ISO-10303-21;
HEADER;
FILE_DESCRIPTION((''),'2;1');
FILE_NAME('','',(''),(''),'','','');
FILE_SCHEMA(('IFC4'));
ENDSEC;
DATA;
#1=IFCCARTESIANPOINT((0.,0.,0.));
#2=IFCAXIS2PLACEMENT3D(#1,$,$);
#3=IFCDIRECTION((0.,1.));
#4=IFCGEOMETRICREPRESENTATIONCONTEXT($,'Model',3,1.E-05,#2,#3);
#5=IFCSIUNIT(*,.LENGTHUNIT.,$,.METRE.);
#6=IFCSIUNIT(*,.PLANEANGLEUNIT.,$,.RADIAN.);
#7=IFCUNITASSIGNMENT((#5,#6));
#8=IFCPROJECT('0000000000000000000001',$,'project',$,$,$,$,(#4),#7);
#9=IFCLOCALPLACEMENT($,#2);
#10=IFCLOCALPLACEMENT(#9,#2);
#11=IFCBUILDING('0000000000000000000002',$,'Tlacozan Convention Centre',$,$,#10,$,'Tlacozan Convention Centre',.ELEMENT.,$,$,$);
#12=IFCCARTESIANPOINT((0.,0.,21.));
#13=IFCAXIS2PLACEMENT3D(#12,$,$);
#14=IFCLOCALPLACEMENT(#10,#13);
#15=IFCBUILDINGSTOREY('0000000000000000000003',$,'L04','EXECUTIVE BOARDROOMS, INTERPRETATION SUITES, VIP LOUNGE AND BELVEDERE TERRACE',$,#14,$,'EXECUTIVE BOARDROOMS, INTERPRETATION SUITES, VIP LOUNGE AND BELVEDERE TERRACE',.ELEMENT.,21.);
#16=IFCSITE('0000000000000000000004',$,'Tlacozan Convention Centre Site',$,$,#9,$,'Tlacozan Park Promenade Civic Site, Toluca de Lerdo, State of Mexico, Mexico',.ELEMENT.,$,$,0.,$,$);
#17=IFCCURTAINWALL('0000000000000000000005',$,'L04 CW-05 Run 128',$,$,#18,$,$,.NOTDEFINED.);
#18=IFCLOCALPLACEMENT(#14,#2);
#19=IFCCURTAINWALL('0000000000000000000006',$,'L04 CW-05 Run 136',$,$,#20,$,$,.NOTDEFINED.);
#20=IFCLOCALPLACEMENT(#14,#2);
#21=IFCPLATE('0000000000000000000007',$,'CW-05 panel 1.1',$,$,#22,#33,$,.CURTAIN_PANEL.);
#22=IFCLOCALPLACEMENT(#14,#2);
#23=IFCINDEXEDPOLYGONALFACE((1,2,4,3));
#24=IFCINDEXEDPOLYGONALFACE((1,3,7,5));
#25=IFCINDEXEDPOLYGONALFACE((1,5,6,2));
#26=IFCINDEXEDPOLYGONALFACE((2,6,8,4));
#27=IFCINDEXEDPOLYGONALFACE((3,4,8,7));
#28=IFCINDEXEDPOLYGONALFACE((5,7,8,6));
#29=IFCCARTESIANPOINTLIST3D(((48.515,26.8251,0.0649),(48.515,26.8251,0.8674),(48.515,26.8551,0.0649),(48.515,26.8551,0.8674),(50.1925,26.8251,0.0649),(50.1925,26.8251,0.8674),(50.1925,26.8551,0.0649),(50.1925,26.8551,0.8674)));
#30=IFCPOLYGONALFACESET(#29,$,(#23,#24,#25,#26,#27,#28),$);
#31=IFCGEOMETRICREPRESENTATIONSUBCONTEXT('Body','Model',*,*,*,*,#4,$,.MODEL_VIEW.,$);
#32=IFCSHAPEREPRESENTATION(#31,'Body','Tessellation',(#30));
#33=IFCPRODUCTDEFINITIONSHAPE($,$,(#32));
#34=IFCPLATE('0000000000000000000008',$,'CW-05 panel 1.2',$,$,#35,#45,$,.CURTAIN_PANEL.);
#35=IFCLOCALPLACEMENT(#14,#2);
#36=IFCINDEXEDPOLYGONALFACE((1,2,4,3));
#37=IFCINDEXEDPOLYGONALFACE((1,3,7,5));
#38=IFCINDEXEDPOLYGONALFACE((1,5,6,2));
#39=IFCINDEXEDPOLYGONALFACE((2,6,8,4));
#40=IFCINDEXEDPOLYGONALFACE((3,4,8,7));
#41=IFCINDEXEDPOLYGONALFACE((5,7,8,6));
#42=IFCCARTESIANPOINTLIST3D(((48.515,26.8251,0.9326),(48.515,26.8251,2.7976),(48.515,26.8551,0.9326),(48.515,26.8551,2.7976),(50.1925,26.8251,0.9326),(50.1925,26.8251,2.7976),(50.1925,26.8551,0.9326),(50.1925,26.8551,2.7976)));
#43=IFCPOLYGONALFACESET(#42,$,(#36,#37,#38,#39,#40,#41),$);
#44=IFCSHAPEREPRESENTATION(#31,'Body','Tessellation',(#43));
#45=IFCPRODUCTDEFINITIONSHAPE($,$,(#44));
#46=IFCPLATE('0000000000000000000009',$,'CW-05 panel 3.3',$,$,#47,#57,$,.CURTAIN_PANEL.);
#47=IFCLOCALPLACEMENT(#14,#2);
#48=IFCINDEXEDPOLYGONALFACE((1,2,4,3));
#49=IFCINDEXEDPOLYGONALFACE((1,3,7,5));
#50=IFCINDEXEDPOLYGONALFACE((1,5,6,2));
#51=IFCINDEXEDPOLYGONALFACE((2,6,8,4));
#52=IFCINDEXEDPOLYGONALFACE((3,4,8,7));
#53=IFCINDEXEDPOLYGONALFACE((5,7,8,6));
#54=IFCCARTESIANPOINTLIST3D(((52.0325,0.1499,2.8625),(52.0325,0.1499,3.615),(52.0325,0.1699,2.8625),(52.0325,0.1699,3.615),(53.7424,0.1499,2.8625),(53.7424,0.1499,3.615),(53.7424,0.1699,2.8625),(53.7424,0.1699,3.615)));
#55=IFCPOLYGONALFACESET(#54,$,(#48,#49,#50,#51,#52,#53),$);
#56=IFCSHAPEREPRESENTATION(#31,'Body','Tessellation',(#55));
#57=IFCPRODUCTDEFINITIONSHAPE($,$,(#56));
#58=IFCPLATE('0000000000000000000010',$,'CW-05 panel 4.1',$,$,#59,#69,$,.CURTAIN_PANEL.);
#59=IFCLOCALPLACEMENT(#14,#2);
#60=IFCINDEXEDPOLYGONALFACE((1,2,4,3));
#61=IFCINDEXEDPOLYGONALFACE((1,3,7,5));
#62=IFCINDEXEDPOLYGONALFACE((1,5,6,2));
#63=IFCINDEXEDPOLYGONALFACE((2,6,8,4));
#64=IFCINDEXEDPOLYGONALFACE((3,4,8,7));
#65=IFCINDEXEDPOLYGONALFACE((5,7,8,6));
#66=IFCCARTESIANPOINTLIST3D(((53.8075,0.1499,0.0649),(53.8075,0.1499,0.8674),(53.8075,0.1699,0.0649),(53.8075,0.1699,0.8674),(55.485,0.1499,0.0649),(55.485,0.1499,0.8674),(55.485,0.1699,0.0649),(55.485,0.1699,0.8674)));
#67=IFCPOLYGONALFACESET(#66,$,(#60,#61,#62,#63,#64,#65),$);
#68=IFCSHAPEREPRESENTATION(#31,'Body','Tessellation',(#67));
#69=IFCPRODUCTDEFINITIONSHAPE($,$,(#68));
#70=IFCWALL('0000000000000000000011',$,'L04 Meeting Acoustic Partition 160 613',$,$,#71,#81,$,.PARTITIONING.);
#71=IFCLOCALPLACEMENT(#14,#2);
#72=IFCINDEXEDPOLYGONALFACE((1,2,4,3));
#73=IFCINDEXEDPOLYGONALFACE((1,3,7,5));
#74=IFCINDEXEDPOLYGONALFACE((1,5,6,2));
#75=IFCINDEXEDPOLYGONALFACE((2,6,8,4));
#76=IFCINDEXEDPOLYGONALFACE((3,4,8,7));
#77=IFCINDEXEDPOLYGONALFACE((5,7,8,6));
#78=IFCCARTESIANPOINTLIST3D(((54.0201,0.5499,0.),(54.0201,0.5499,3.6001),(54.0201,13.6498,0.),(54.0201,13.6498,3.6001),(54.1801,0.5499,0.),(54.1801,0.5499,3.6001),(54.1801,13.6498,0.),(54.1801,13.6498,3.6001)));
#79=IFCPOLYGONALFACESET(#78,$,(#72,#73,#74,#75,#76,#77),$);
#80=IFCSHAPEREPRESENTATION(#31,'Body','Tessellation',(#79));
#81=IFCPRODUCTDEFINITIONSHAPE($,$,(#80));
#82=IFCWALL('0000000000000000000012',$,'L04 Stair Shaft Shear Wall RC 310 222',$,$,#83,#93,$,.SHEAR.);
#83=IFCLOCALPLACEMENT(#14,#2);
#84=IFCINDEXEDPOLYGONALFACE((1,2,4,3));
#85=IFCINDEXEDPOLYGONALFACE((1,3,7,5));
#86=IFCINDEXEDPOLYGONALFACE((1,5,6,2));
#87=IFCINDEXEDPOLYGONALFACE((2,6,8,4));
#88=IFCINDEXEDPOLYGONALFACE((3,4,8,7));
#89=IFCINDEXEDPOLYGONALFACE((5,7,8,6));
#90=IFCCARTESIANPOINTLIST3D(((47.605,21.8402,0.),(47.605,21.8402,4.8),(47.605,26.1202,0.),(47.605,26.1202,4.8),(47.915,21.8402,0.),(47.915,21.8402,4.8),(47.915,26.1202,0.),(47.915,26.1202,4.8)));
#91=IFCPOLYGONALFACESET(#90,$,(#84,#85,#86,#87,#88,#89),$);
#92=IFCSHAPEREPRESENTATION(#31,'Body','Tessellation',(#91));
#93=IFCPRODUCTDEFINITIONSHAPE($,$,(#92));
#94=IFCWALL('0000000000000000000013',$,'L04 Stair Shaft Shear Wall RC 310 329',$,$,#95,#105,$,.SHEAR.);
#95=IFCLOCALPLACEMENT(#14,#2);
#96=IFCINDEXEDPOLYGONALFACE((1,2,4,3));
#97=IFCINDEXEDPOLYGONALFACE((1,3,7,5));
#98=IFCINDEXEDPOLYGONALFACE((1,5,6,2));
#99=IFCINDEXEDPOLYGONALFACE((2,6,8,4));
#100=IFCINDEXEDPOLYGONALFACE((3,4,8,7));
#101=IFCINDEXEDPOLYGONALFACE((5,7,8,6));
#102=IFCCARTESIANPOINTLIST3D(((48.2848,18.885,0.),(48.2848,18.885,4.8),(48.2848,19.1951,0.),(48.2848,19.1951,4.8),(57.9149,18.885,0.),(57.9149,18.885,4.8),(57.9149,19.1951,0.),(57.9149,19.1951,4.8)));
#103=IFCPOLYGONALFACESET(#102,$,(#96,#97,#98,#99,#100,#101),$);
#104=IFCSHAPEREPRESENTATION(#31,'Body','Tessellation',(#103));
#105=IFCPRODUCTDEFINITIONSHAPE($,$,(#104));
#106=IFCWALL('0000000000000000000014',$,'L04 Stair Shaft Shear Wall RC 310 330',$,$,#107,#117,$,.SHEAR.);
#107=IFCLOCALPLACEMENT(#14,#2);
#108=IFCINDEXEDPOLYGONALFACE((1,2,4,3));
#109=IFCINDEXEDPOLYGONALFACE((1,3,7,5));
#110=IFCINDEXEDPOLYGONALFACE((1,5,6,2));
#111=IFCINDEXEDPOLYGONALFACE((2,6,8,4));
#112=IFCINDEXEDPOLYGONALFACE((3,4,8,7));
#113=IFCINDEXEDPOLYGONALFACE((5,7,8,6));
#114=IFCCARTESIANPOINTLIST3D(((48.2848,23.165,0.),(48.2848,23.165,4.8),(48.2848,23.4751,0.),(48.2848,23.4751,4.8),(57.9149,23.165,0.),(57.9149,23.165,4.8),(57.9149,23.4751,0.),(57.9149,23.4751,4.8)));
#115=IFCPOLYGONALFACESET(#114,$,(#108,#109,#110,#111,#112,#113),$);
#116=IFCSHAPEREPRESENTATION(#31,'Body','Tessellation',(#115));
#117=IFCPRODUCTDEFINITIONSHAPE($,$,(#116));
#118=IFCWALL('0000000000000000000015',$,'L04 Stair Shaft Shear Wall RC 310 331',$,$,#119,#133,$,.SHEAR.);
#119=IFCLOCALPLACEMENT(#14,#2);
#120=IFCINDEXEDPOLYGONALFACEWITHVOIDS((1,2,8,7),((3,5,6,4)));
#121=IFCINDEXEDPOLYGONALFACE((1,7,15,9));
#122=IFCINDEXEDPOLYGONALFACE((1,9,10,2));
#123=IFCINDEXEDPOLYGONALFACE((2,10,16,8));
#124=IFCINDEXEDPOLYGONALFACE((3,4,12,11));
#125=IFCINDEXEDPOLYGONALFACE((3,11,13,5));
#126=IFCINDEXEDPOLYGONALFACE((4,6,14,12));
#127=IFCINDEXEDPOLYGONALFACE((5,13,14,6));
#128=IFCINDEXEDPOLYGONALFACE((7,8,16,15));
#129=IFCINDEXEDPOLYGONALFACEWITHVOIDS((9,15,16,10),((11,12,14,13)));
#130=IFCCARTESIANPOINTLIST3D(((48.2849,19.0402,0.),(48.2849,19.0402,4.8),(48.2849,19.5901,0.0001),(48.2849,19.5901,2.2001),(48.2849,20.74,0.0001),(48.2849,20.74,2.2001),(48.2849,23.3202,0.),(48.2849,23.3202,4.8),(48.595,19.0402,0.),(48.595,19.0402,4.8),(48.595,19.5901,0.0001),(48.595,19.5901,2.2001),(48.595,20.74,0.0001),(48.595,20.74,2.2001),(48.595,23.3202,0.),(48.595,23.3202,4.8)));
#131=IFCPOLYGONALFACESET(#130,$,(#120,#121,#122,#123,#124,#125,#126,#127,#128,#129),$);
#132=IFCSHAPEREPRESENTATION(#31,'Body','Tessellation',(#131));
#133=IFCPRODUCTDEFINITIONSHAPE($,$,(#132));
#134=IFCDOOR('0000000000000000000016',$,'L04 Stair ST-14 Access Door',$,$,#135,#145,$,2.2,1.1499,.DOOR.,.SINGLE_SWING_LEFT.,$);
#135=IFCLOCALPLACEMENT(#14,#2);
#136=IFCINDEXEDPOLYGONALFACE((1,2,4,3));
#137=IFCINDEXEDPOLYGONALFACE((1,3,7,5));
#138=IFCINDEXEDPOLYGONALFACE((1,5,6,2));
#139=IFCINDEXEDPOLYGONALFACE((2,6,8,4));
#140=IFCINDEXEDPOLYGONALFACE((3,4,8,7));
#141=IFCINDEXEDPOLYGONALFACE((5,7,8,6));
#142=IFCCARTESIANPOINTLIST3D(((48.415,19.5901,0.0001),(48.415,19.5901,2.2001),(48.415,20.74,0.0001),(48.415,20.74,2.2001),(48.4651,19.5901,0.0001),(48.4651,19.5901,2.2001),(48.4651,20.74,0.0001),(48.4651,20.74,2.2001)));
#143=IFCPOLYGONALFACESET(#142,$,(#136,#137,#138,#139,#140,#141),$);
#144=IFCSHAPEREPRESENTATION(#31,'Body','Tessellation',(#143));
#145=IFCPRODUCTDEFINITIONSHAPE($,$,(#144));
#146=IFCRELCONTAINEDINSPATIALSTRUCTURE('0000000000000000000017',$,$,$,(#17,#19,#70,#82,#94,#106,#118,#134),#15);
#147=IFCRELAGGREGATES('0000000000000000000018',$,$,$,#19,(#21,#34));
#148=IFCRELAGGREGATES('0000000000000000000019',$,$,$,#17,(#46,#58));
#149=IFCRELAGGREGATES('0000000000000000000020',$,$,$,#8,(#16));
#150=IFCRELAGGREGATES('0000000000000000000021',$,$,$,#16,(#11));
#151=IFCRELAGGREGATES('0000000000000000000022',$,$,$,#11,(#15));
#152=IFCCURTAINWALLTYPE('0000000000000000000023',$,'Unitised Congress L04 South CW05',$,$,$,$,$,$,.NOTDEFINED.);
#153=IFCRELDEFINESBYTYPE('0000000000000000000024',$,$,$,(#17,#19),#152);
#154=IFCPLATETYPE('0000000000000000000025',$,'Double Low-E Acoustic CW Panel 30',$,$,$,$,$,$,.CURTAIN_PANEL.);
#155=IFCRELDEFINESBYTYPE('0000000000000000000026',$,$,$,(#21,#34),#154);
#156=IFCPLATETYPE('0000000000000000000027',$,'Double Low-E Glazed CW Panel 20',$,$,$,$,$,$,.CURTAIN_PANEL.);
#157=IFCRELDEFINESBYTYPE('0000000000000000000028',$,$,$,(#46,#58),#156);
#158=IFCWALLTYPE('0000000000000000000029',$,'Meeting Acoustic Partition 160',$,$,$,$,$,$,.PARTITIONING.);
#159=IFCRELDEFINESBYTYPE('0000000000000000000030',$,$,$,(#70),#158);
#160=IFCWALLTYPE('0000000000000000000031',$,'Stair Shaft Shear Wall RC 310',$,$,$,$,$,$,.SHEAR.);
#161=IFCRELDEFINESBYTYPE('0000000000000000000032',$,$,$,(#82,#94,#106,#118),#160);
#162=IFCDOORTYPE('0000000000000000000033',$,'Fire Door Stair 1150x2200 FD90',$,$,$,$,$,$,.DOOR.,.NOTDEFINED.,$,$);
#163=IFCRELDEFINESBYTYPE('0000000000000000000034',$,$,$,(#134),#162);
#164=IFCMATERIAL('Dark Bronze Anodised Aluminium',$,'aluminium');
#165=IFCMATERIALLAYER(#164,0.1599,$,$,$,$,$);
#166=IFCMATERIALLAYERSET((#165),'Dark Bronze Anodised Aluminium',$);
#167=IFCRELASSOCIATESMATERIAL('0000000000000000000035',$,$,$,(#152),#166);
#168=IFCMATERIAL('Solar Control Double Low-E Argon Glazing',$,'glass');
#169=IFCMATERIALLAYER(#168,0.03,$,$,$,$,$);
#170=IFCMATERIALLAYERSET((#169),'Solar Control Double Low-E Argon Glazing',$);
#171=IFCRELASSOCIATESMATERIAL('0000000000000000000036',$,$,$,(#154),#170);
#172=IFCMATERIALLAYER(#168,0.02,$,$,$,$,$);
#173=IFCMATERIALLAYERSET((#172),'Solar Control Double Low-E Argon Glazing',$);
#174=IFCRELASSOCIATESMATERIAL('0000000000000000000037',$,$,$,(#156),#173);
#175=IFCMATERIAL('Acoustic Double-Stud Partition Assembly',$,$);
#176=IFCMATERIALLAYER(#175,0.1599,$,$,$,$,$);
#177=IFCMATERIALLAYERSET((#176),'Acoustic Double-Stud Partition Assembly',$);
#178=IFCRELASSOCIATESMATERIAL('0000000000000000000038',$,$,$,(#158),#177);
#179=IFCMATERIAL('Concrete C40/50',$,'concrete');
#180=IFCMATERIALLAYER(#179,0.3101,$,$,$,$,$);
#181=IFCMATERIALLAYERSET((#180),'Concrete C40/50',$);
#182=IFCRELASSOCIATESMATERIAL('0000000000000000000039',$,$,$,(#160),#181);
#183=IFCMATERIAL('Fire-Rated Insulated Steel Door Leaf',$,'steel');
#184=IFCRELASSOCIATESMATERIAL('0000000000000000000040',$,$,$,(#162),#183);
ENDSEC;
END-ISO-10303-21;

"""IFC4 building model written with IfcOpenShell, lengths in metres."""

from ifc_helpers import new_model, si_unit, direction, frame, frame_2d, origin, origin_2d, place, context, subcontext, project, spatial, rectangle, extrude, material, layer, layer_set, type_object, element, fill, aggregate, save


model = new_model("IFC4")

# Units and contexts
model_context = context("Model", 3, precision=1e-05, world=origin(), true_north=direction((0.0, 1.0)))
body_context = subcontext(model_context, "Body", "Model", "MODEL_VIEW")
ifc_project = project(units=[si_unit("LENGTHUNIT", "METRE"), si_unit("PLANEANGLEUNIT", "RADIAN")], contexts=[model_context])

# Site, building, storey
site_placement = place(None, origin())
site = spatial("IfcSite", under=ifc_project, at=site_placement, Name="Tlacozan Convention Centre Site", LongName="Tlacozan Park Promenade Civic Site, Toluca de Lerdo, State of Mexico, Mexico", CompositionType="ELEMENT", RefElevation=0.0)
building_placement = place(site_placement, origin())
building = spatial("IfcBuilding", under=site, at=building_placement, Name="Tlacozan Convention Centre", LongName="Tlacozan Convention Centre", CompositionType="ELEMENT")
storey_placement = place(building_placement, frame((0.0, 0.0, 21.0)))
storey = spatial("IfcBuildingStorey", under=building, at=storey_placement, Name="L04", Description="EXECUTIVE BOARDROOMS, INTERPRETATION SUITES, VIP LOUNGE AND BELVEDERE TERRACE", LongName="EXECUTIVE BOARDROOMS, INTERPRETATION SUITES, VIP LOUNGE AND BELVEDERE TERRACE", CompositionType="ELEMENT", Elevation=21.0)

# Shared definitions
ifc_material_1 = material(Name="Concrete C40/50", Category="concrete")

# Curtain walls
ifc_material_2 = material(Name="Dark Bronze Anodised Aluminium", Category="aluminium")
ifc_layer_1 = layer(ifc_material_2, 0.1599)
ifc_layer_set_1 = layer_set([ifc_layer_1], Name="Dark Bronze Anodised Aluminium")
curtain_wall_type = type_object("IfcCurtainWallType", Name="Unitised Congress L04 South CW05", PredefinedType="NOTDEFINED", material=ifc_layer_set_1)
curtain_wall_1_placement = place(storey_placement, origin())
curtain_wall_1 = element("IfcCurtainWall", 1, at=curtain_wall_1_placement, inside=storey, type_object=curtain_wall_type, Name="L04 CW-05 Run 128", PredefinedType="NOTDEFINED")
curtain_wall_2_placement = place(storey_placement, origin())
curtain_wall_2 = element("IfcCurtainWall", 2, at=curtain_wall_2_placement, inside=storey, type_object=curtain_wall_type, Name="L04 CW-05 Run 136", PredefinedType="NOTDEFINED")

# Plates
ifc_material_3 = material(Name="Solar Control Double Low-E Argon Glazing", Category="glass")
ifc_layer_2 = layer(ifc_material_3, 0.03)
ifc_layer_set_2 = layer_set([ifc_layer_2], Name="Solar Control Double Low-E Argon Glazing")
plate_type_1 = type_object("IfcPlateType", Name="Double Low-E Acoustic CW Panel 30", PredefinedType="CURTAIN_PANEL", material=ifc_layer_set_2)
plate_1_placement = place(storey_placement, frame((49.3538, 26.8401, 0.0649), z_axis=(0.0, 0.0, 1.0), x_axis=(1.0, 0.0, 0.0)))
plate_1 = element("IfcPlate", 3, at=plate_1_placement, type_object=plate_type_1, Name="CW-05 panel 1.1", PredefinedType="CURTAIN_PANEL", context=body_context, shape_type="SweptSolid", body=[
    extrude(rectangle(XDim=1.6775, YDim=0.03, at=origin_2d()), origin(), (0.0, 0.0, 1.0), 0.8025),
])
plate_2_placement = place(storey_placement, frame((49.3538, 26.8401, 0.9326), z_axis=(0.0, 0.0, 1.0), x_axis=(1.0, 0.0, 0.0)))
plate_2 = element("IfcPlate", 4, at=plate_2_placement, type_object=plate_type_1, Name="CW-05 panel 1.2", PredefinedType="CURTAIN_PANEL", context=body_context, shape_type="SweptSolid", body=[
    extrude(rectangle(XDim=1.6775, YDim=0.03, at=origin_2d()), origin(), (0.0, 0.0, 1.0), 1.865),
])
aggregate(curtain_wall_2, [plate_1, plate_2])
ifc_layer_3 = layer(ifc_material_3, 0.02)
ifc_layer_set_3 = layer_set([ifc_layer_3], Name="Solar Control Double Low-E Argon Glazing")
plate_type_2 = type_object("IfcPlateType", Name="Double Low-E Glazed CW Panel 20", PredefinedType="CURTAIN_PANEL", material=ifc_layer_set_3)
plate_3_placement = place(storey_placement, frame((52.8875, 0.1599, 2.8625), z_axis=(0.0, 0.0, 1.0), x_axis=(1.0, 0.0, 0.0)))
plate_3 = element("IfcPlate", 5, at=plate_3_placement, type_object=plate_type_2, Name="CW-05 panel 3.3", PredefinedType="CURTAIN_PANEL", context=body_context, shape_type="SweptSolid", body=[
    extrude(rectangle(XDim=1.71, YDim=0.02, at=origin_2d()), origin(), (0.0, 0.0, 1.0), 0.7524),
])
plate_4_placement = place(storey_placement, frame((54.6462, 0.1599, 0.0649), z_axis=(0.0, 0.0, 1.0), x_axis=(1.0, 0.0, 0.0)))
plate_4 = element("IfcPlate", 6, at=plate_4_placement, type_object=plate_type_2, Name="CW-05 panel 4.1", PredefinedType="CURTAIN_PANEL", context=body_context, shape_type="SweptSolid", body=[
    extrude(rectangle(XDim=1.6775, YDim=0.02, at=origin_2d()), origin(), (0.0, 0.0, 1.0), 0.8025),
])
aggregate(curtain_wall_1, [plate_3, plate_4])

# Walls
ifc_material_4 = material(Name="Acoustic Double-Stud Partition Assembly")
ifc_layer_4 = layer(ifc_material_4, 0.1599)
ifc_layer_set_4 = layer_set([ifc_layer_4], Name="Acoustic Double-Stud Partition Assembly")
wall_type_1 = type_object("IfcWallType", Name="Meeting Acoustic Partition 160", PredefinedType="PARTITIONING", material=ifc_layer_set_4)
wall_1_placement = place(storey_placement, frame((54.1001, 0.55, 0.0), z_axis=(0.0, 0.0, 1.0), x_axis=(0.0, 1.0, 0.0)))
element("IfcWall", 7, at=wall_1_placement, inside=storey, type_object=wall_type_1, Name="L04 Meeting Acoustic Partition 160 613", PredefinedType="PARTITIONING", context=body_context, shape_type="SweptSolid", body=[
    extrude(rectangle(XDim=13.0999, YDim=0.1599, at=frame_2d((6.5498, 0.0))), origin(), (0.0, 0.0, 1.0), 3.6001),
])
ifc_layer_5 = layer(ifc_material_1, 0.3101)
ifc_layer_set_5 = layer_set([ifc_layer_5], Name="Concrete C40/50")
wall_type_2 = type_object("IfcWallType", Name="Stair Shaft Shear Wall RC 310", PredefinedType="SHEAR", material=ifc_layer_set_5)
wall_2_placement = place(storey_placement, frame((47.76, 21.8401, 0.0), z_axis=(0.0, 0.0, 1.0), x_axis=(0.0, 1.0, 0.0)))
element("IfcWall", 8, at=wall_2_placement, inside=storey, type_object=wall_type_2, Name="L04 Stair Shaft Shear Wall RC 310 222", PredefinedType="SHEAR", context=body_context, shape_type="SweptSolid", body=[
    extrude(rectangle(XDim=4.28, YDim=0.3101, at=frame_2d((2.1401, 0.0))), origin(), (0.0, 0.0, 1.0), 4.8),
])
for number, where, z_axis, x_axis, name in (
    (9, (48.2849, 19.04, 0.0), (0.0, 0.0, 1.0), (1.0, 0.0, 0.0), "L04 Stair Shaft Shear Wall RC 310 329"),
    (10, (48.2849, 23.3201, 0.0), (0.0, 0.0, 1.0), (1.0, 0.0, 0.0), "L04 Stair Shaft Shear Wall RC 310 330"),
):
    element("IfcWall", number, at=place(storey_placement, frame(where, z_axis=z_axis, x_axis=x_axis)), inside=storey, type_object=wall_type_2, Name=name, PredefinedType="SHEAR", context=body_context, shape_type="SweptSolid", body=[
        extrude(rectangle(XDim=9.6301, YDim=0.3101, at=frame_2d((4.8149, 0.0))), origin(), (0.0, 0.0, 1.0), 4.8),
    ])

# Wall, opening, door
wall_3_placement = place(storey_placement, frame((48.4399, 19.04, 0.0), z_axis=(0.0, 0.0, 1.0), x_axis=(0.0, 1.0, 0.0)))
wall_3 = element("IfcWall", 11, at=wall_3_placement, inside=storey, type_object=wall_type_2, Name="L04 Stair Shaft Shear Wall RC 310 331", PredefinedType="SHEAR", context=body_context, shape_type="SweptSolid", body=[
    extrude(rectangle(XDim=4.28, YDim=0.3101, at=frame_2d((2.1401, 0.0))), origin(), (0.0, 0.0, 1.0), 4.8),
])
opening_placement = place(wall_3_placement, frame((0.55, 0.0, 0.0)))
opening = element("IfcOpeningElement", 12, at=opening_placement, cuts=wall_3, PredefinedType="OPENING", context=body_context, shape_type="SweptSolid", body=[
    extrude(rectangle(XDim=1.1499, YDim=2.2, at=frame_2d((0.575, 1.1001))), frame((0.0, 0.165, 0.0), z_axis=(0.0, -1.0, 0.0), x_axis=(1.0, 0.0, 0.0)), (0.0, 0.0, 1.0), 0.3301),
])
ifc_material_5 = material(Name="Fire-Rated Insulated Steel Door Leaf", Category="steel")
door_type = type_object("IfcDoorType", Name="Fire Door Stair 1150x2200 FD90", OperationType="NOTDEFINED", PredefinedType="DOOR", material=ifc_material_5)
door_placement = place(opening_placement, origin())
door = element("IfcDoor", 13, at=door_placement, inside=storey, type_object=door_type, Name="L04 Stair ST-14 Access Door", OperationType="SINGLE_SWING_LEFT", OverallHeight=2.2, OverallWidth=1.1499, PredefinedType="DOOR", context=body_context, shape_type="SweptSolid", body=[
    extrude(rectangle(XDim=1.1499, YDim=2.2, at=frame_2d((0.575, 1.1001))), frame((0.0, 0.0249, 0.0), z_axis=(0.0, -1.0, 0.0), x_axis=(1.0, 0.0, 0.0)), (0.0, 0.0, 1.0), 0.05),
])
fill(opening, door)

save(model, "model.ifc")
